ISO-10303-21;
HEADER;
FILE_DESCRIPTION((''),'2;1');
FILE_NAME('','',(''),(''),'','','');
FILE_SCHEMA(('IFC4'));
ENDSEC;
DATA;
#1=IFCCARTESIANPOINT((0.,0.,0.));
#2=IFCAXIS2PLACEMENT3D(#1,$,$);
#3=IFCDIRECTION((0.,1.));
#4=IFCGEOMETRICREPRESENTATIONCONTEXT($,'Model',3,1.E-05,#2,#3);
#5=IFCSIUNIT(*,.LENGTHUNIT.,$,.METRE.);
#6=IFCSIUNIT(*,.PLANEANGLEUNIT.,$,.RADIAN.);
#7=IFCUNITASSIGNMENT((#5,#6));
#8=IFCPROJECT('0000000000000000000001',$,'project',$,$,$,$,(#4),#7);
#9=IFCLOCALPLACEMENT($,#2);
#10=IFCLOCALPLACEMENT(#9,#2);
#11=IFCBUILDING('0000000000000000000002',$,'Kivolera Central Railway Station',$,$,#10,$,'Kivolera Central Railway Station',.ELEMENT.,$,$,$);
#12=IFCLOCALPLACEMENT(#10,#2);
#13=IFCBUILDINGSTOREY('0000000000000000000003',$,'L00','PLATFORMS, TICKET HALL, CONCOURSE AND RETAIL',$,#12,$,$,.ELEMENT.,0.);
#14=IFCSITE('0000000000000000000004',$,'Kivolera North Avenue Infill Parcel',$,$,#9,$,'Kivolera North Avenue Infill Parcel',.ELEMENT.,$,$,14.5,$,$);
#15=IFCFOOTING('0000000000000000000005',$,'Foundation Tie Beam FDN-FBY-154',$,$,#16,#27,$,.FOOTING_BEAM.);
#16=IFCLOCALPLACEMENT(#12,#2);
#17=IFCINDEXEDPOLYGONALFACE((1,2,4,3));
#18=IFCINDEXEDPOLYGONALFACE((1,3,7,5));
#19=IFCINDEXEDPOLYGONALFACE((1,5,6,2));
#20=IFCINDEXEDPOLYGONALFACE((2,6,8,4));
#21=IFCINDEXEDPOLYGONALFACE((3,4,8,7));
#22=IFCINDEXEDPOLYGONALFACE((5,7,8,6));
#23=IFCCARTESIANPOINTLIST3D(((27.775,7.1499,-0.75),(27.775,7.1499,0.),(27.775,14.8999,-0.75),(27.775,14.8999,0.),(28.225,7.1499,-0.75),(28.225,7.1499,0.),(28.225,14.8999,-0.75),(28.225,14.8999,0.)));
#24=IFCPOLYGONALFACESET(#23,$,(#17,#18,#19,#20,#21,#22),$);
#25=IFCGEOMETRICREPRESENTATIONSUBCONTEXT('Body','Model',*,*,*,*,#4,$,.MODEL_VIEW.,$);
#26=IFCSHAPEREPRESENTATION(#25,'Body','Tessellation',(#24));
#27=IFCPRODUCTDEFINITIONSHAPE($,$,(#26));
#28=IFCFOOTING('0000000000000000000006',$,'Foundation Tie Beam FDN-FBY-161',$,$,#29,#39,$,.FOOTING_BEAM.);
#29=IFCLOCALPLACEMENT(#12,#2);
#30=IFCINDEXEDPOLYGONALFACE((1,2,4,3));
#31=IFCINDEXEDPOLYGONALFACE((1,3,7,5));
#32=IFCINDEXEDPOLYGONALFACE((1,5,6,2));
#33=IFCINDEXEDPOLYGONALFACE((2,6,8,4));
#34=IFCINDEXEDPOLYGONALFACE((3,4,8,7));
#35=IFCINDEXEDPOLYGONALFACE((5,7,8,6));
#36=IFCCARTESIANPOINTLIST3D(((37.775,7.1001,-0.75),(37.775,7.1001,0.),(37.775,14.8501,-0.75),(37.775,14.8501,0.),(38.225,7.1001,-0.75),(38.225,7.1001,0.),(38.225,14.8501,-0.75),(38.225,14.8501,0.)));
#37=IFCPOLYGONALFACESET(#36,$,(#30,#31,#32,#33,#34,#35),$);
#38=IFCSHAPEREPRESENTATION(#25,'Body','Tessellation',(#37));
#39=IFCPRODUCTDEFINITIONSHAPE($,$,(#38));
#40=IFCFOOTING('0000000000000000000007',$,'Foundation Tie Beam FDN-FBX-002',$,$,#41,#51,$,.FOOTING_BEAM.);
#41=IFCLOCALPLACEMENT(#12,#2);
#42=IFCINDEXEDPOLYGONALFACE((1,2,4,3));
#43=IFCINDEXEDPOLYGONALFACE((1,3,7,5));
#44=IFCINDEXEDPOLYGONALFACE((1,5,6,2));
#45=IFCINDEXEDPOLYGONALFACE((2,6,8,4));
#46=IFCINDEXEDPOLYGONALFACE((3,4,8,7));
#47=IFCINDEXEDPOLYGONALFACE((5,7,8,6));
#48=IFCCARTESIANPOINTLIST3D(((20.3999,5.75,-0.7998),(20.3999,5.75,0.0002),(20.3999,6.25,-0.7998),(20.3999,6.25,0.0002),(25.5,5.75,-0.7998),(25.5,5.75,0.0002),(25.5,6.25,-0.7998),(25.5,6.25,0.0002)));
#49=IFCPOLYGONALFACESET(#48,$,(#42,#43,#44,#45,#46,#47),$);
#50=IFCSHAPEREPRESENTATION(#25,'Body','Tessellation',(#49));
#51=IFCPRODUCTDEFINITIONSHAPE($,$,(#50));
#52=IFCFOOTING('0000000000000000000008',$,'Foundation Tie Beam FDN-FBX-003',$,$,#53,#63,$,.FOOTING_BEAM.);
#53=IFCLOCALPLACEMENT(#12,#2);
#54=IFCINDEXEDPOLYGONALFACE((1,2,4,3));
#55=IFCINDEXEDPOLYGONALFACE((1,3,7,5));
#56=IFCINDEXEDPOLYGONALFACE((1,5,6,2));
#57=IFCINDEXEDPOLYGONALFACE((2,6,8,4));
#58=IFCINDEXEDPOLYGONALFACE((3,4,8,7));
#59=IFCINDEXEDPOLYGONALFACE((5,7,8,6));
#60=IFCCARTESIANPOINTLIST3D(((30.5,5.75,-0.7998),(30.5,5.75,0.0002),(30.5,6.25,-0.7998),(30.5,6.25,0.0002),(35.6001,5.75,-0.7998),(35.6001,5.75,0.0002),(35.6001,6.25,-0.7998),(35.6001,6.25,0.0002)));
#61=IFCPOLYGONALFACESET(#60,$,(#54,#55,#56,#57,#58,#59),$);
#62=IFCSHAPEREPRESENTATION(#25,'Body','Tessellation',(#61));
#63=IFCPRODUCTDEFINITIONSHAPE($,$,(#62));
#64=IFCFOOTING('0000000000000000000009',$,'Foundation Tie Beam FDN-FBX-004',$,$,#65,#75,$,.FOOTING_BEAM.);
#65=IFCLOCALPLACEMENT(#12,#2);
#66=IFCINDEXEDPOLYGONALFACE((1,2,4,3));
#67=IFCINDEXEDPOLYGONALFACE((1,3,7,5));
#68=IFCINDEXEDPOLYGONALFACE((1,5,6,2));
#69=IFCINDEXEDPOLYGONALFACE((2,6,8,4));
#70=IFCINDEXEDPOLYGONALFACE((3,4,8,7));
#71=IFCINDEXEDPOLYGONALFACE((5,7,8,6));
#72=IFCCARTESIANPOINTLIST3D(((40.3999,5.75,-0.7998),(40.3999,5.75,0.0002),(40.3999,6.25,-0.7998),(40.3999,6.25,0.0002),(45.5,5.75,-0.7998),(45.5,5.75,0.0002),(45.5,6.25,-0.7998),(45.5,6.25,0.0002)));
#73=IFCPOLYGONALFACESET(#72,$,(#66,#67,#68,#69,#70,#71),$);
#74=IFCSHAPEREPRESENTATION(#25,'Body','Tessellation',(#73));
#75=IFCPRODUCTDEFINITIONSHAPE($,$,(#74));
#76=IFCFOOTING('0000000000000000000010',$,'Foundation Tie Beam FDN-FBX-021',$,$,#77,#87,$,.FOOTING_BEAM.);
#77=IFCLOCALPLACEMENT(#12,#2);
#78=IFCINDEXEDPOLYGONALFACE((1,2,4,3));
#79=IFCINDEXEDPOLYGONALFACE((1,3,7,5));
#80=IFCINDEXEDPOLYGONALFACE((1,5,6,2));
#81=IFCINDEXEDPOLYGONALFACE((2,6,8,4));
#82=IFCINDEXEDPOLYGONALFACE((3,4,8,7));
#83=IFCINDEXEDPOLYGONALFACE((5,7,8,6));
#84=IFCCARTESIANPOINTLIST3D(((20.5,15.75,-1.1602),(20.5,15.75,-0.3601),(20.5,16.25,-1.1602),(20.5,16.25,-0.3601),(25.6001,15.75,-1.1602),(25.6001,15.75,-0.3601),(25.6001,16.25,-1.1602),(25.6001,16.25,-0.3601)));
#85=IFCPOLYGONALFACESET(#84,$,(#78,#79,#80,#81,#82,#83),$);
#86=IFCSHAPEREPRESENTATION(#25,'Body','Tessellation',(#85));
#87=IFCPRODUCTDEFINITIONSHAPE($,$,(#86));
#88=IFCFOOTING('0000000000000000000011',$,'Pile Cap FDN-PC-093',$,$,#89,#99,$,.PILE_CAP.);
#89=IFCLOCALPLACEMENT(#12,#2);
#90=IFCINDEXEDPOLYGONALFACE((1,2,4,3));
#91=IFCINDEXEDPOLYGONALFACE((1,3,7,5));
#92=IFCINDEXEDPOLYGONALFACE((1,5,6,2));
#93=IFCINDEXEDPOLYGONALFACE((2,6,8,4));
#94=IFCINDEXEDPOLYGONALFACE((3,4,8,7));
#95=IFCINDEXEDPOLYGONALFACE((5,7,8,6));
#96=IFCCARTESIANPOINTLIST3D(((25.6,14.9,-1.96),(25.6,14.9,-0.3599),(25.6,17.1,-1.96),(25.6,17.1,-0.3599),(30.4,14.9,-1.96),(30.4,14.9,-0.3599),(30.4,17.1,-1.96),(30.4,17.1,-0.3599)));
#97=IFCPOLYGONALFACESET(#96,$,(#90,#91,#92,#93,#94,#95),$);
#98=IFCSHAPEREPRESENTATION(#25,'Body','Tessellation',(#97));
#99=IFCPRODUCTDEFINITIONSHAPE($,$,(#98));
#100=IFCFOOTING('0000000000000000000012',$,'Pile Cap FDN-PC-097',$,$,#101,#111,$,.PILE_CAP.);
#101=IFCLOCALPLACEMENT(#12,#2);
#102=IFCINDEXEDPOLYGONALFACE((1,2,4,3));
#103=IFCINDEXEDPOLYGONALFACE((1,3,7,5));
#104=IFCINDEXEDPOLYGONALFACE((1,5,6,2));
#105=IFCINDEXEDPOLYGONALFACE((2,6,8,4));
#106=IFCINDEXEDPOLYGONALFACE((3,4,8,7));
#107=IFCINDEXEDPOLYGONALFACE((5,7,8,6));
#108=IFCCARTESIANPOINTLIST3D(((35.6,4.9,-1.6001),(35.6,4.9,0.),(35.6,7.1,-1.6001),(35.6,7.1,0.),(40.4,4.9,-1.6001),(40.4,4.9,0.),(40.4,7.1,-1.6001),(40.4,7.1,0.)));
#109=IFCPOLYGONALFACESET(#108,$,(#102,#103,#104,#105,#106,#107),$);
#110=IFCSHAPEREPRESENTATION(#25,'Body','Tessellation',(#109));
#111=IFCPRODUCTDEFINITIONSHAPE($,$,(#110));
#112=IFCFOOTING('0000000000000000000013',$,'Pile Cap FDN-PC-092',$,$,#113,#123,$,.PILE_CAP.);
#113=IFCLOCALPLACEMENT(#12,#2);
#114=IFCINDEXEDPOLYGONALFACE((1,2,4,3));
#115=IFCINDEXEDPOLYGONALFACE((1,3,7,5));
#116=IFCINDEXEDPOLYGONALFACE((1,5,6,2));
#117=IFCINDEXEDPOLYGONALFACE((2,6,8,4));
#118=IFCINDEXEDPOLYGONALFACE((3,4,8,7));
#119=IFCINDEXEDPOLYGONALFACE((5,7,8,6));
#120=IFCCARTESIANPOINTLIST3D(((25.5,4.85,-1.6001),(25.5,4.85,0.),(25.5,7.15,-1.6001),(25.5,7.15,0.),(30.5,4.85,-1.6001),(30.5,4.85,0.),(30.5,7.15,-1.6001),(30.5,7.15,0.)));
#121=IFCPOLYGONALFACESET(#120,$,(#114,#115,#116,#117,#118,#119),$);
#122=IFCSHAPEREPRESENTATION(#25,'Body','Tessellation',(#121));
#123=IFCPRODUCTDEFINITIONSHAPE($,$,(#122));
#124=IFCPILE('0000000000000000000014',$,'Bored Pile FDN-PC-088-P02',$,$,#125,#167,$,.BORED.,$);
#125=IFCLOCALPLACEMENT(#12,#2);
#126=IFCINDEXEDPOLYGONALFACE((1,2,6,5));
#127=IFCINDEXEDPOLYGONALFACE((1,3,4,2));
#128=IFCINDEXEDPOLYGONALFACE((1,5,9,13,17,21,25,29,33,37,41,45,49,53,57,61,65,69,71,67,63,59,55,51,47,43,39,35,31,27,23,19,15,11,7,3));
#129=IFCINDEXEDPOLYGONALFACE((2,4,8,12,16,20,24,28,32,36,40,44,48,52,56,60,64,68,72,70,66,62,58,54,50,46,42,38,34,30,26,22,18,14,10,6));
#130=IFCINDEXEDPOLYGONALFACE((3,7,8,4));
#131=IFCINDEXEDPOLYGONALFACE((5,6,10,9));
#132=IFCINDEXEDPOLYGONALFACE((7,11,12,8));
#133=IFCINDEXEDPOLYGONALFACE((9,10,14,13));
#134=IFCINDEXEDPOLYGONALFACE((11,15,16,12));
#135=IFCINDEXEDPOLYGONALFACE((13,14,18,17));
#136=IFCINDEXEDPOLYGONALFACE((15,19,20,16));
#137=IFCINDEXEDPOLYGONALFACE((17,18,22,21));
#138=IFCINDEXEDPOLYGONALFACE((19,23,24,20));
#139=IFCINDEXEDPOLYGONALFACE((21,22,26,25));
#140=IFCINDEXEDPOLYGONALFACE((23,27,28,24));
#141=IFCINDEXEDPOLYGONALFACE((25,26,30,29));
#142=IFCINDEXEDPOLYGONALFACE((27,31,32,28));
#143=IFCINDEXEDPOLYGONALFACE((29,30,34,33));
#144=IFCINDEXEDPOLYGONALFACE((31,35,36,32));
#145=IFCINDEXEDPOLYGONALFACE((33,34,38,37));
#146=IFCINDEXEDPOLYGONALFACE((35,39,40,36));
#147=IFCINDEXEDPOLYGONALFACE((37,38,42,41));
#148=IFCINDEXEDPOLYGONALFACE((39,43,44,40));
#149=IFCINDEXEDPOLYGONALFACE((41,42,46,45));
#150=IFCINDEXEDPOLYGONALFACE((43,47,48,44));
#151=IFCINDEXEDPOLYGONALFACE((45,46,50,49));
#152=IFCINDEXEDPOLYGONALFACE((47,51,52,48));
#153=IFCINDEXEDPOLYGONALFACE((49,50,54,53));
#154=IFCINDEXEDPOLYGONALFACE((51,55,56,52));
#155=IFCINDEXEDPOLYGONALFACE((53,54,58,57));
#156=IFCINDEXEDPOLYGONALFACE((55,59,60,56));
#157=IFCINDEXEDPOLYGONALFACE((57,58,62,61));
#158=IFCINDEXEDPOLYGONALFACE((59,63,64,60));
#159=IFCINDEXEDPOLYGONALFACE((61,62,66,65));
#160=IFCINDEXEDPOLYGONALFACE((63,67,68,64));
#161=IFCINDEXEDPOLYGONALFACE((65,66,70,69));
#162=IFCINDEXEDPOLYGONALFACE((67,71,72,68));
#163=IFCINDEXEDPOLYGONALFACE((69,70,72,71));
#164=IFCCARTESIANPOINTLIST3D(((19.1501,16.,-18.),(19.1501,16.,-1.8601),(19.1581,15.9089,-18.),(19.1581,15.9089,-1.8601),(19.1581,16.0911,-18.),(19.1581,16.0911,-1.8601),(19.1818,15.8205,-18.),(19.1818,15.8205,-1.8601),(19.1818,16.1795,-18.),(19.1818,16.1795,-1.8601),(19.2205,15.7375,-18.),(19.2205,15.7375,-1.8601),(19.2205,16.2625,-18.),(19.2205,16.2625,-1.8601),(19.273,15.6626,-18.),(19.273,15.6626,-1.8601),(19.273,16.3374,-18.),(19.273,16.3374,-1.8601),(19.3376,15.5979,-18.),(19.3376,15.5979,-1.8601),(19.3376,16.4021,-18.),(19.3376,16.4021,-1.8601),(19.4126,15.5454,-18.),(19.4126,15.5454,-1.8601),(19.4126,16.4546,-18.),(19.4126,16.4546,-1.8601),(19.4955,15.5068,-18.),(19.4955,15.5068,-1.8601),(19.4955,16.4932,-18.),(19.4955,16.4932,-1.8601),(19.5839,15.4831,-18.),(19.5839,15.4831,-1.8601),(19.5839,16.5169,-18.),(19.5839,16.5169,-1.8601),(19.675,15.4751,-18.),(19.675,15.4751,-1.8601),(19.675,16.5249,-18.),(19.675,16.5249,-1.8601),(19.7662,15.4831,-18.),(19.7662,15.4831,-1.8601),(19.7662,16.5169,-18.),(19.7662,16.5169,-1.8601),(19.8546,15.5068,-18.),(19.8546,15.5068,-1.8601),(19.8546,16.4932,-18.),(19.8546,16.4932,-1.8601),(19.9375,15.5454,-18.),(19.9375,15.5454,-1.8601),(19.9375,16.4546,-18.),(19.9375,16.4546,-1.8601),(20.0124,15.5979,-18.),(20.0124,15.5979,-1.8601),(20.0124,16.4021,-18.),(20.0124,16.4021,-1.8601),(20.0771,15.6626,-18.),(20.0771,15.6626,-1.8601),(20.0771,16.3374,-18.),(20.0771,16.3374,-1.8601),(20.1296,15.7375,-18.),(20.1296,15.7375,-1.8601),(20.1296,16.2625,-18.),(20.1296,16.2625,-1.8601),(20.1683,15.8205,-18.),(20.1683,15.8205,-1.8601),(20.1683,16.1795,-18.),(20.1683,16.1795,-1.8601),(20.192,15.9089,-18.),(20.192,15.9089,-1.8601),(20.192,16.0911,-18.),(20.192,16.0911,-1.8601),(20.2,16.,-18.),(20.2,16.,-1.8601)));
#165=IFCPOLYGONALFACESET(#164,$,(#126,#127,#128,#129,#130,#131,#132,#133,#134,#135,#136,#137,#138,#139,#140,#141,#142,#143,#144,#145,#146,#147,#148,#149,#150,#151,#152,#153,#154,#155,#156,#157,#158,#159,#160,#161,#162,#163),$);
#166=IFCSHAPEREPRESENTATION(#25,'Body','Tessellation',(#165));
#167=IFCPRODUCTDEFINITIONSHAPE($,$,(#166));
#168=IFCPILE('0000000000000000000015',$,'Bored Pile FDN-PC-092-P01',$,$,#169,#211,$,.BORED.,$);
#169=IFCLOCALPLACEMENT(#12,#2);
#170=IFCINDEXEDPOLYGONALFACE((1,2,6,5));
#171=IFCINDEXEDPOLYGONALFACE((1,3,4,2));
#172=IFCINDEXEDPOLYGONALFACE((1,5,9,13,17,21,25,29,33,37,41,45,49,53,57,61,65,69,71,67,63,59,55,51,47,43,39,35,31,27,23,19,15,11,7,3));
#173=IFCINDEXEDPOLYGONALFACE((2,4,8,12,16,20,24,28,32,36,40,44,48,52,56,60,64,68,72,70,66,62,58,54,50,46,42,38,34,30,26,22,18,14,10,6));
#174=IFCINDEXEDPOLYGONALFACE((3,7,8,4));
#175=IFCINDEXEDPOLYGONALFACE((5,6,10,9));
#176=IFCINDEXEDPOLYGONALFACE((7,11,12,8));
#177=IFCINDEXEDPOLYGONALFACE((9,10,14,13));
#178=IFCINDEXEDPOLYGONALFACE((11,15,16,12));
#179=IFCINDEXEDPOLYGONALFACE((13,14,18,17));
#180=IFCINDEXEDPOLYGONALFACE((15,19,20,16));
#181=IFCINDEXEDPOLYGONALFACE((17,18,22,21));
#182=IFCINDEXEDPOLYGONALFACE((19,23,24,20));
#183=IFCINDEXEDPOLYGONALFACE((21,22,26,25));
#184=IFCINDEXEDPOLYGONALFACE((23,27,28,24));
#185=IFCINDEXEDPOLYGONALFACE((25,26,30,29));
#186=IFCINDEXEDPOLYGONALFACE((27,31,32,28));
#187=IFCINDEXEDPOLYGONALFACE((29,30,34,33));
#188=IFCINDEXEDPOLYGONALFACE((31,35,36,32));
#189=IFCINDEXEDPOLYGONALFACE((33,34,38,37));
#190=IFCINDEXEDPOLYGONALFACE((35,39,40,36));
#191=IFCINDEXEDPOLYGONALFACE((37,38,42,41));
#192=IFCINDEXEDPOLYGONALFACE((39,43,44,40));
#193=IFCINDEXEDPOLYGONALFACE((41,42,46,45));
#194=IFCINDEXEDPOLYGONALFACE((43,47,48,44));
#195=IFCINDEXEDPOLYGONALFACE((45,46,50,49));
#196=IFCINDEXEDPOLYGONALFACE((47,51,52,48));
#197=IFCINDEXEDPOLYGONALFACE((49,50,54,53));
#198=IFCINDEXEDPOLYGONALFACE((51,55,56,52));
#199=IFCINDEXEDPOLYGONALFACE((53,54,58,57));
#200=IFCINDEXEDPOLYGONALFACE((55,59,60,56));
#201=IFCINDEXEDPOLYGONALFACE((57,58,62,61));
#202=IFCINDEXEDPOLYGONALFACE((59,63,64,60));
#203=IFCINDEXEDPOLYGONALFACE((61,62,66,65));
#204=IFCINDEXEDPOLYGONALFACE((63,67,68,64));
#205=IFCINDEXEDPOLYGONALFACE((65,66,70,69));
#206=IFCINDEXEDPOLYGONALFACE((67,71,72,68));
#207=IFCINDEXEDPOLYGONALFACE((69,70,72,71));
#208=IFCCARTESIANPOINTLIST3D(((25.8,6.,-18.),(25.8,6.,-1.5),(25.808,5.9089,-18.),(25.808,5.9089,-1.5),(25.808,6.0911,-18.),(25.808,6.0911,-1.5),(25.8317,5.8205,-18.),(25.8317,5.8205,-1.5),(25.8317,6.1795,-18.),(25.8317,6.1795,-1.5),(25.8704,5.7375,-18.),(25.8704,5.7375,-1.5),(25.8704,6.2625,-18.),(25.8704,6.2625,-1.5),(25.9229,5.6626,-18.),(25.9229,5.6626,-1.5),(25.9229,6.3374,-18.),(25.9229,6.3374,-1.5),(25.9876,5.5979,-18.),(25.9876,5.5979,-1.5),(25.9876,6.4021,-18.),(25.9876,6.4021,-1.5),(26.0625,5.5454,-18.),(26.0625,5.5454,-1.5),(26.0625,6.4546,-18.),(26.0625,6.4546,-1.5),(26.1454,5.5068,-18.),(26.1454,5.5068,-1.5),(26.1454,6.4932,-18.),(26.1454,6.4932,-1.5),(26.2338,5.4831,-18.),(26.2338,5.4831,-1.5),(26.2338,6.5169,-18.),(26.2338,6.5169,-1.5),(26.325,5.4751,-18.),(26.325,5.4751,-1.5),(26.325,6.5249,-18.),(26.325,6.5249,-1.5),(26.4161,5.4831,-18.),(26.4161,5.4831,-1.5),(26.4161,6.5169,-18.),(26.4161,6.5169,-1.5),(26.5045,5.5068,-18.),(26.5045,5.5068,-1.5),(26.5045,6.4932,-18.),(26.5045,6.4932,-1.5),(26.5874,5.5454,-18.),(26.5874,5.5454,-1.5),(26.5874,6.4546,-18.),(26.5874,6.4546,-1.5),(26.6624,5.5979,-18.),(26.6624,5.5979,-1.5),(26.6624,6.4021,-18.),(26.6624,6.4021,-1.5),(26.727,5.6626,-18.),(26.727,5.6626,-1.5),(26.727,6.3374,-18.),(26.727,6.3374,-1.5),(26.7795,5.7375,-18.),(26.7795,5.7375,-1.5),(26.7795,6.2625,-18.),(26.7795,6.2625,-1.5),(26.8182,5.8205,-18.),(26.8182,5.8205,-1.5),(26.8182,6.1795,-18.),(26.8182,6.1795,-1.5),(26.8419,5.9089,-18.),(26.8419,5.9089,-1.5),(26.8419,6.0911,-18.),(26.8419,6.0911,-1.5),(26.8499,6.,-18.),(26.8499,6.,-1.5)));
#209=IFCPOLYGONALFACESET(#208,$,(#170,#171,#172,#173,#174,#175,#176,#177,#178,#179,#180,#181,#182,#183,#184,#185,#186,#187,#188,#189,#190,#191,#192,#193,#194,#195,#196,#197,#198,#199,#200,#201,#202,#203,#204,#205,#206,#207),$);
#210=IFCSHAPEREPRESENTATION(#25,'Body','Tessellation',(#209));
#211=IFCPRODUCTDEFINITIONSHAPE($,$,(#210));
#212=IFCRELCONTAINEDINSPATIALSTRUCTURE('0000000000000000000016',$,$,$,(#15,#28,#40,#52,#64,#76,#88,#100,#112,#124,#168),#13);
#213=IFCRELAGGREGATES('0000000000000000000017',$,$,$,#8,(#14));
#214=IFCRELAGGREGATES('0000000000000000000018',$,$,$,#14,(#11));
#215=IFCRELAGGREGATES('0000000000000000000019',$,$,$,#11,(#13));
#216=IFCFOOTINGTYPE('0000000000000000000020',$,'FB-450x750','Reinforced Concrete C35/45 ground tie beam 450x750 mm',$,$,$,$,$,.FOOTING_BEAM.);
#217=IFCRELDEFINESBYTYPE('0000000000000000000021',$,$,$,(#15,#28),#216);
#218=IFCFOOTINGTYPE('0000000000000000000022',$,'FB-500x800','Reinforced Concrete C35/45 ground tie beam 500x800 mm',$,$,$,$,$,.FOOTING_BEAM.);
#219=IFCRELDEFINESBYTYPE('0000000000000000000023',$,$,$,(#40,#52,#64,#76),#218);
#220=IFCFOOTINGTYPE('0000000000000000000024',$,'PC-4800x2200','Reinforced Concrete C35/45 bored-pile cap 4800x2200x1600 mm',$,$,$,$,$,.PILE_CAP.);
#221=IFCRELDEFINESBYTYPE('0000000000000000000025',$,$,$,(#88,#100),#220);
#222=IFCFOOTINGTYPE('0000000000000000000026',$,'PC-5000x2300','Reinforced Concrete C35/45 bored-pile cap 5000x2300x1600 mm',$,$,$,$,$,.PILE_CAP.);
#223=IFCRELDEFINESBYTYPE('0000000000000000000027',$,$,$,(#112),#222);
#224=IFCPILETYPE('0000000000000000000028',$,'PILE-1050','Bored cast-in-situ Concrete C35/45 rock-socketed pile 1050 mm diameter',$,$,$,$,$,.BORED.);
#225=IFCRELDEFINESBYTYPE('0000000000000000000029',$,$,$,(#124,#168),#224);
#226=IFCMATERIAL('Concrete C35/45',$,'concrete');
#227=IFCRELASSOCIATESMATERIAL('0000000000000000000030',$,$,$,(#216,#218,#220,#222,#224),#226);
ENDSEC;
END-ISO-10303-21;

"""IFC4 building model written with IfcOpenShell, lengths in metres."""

from ifc_helpers import new_model, si_unit, direction, frame, origin, origin_2d, place, context, subcontext, project, spatial, rectangle, circle, extrude, material, material_profile, profile_set, type_object, element, save


model = new_model("IFC4")

# Units and contexts
model_context = context("Model", 3, precision=1e-05, world=origin(), true_north=direction((0.0, 1.0)))
body_context = subcontext(model_context, "Body", "Model", "MODEL_VIEW")
ifc_project = project(units=[si_unit("LENGTHUNIT", "METRE"), si_unit("PLANEANGLEUNIT", "RADIAN")], contexts=[model_context])

# Site, building, storey
site_placement = place(None, origin())
site = spatial("IfcSite", under=ifc_project, at=site_placement, Name="Kivolera North Avenue Infill Parcel", LongName="Kivolera North Avenue Infill Parcel", CompositionType="ELEMENT", RefElevation=14.5)
building_placement = place(site_placement, origin())
building = spatial("IfcBuilding", under=site, at=building_placement, Name="Kivolera Central Railway Station", LongName="Kivolera Central Railway Station", CompositionType="ELEMENT")
storey_placement = place(building_placement, origin())
storey = spatial("IfcBuildingStorey", under=building, at=storey_placement, Name="L00", Description="PLATFORMS, TICKET HALL, CONCOURSE AND RETAIL", CompositionType="ELEMENT", Elevation=0.0)

# Footings
ifc_material_1 = material(Name="Concrete C35/45", Category="concrete")
footing_type_1 = type_object("IfcFootingType", Name="FB-450x750", Description="Reinforced Concrete C35/45 ground tie beam 450x750 mm", PredefinedType="FOOTING_BEAM", material=ifc_material_1)
for number, where, z_axis, x_axis, name in (
    (1, (28.0, 11.0249, -0.75), (0.0, 0.0, 1.0), (1.0, 0.0, 0.0), "Foundation Tie Beam FDN-FBY-154"),
    (2, (38.0, 10.9751, -0.75), (0.0, 0.0, 1.0), (1.0, 0.0, 0.0), "Foundation Tie Beam FDN-FBY-161"),
):
    element("IfcFooting", number, at=place(storey_placement, frame(where, z_axis=z_axis, x_axis=x_axis)), inside=storey, type_object=footing_type_1, Name=name, PredefinedType="FOOTING_BEAM", context=body_context, shape_type="SweptSolid", body=[
        extrude(rectangle(XDim=0.45, YDim=7.75, at=origin_2d()), origin(), (0.0, 0.0, 1.0), 0.75),
    ])
footing_type_2 = type_object("IfcFootingType", Name="FB-500x800", Description="Reinforced Concrete C35/45 ground tie beam 500x800 mm", PredefinedType="FOOTING_BEAM", material=ifc_material_1)
for number, where, z_axis, x_axis, name in (
    (3, (22.95, 6.0, -0.7998), (0.0, 0.0, 1.0), (1.0, 0.0, 0.0), "Foundation Tie Beam FDN-FBX-002"),
    (4, (33.05, 6.0, -0.7998), (0.0, 0.0, 1.0), (1.0, 0.0, 0.0), "Foundation Tie Beam FDN-FBX-003"),
    (5, (42.95, 6.0, -0.7998), (0.0, 0.0, 1.0), (1.0, 0.0, 0.0), "Foundation Tie Beam FDN-FBX-004"),
    (6, (23.05, 16.0, -1.1602), (0.0, 0.0, 1.0), (1.0, 0.0, 0.0), "Foundation Tie Beam FDN-FBX-021"),
):
    element("IfcFooting", number, at=place(storey_placement, frame(where, z_axis=z_axis, x_axis=x_axis)), inside=storey, type_object=footing_type_2, Name=name, PredefinedType="FOOTING_BEAM", context=body_context, shape_type="SweptSolid", body=[
        extrude(rectangle(XDim=5.1001, YDim=0.5, at=origin_2d()), origin(), (0.0, 0.0, 1.0), 0.8),
    ])
footing_type_3 = type_object("IfcFootingType", Name="PC-4800x2200", Description="Reinforced Concrete C35/45 bored-pile cap 4800x2200x1600 mm", PredefinedType="PILE_CAP", material=ifc_material_1)
for number, where, z_axis, x_axis, name in (
    (7, (28.0, 16.0, -1.96), (0.0, 0.0, 1.0), (1.0, 0.0, 0.0), "Pile Cap FDN-PC-093"),
    (8, (38.0, 6.0, -1.6001), (0.0, 0.0, 1.0), (1.0, 0.0, 0.0), "Pile Cap FDN-PC-097"),
):
    element("IfcFooting", number, at=place(storey_placement, frame(where, z_axis=z_axis, x_axis=x_axis)), inside=storey, type_object=footing_type_3, Name=name, PredefinedType="PILE_CAP", context=body_context, shape_type="SweptSolid", body=[
        extrude(rectangle(XDim=4.8, YDim=2.2, at=origin_2d()), origin(), (0.0, 0.0, 1.0), 1.6001),
    ])
footing_type_4 = type_object("IfcFootingType", Name="PC-5000x2300", Description="Reinforced Concrete C35/45 bored-pile cap 5000x2300x1600 mm", PredefinedType="PILE_CAP", material=ifc_material_1)
footing_placement = place(storey_placement, frame((28.0, 6.0, -1.6001), z_axis=(0.0, 0.0, 1.0), x_axis=(1.0, 0.0, 0.0)))
element("IfcFooting", 9, at=footing_placement, inside=storey, type_object=footing_type_4, Name="Pile Cap FDN-PC-092", PredefinedType="PILE_CAP", context=body_context, shape_type="SweptSolid", body=[
    extrude(rectangle(XDim=5.0, YDim=2.3, at=origin_2d()), origin(), (0.0, 0.0, 1.0), 1.6001),
])

# Piles
ifc_material_profile_1 = material_profile(ifc_material_1, circle(Radius=0.5249, at=origin_2d()), Name="PILE D1050")
ifc_profile_set_1 = profile_set([ifc_material_profile_1], Name="Concrete C35/45")
pile_type = type_object("IfcPileType", Name="PILE-1050", Description="Bored cast-in-situ Concrete C35/45 rock-socketed pile 1050 mm diameter", PredefinedType="BORED", material=ifc_profile_set_1)
pile_1_placement = place(storey_placement, frame((19.675, 16.0, -1.8601), z_axis=(0.0, 0.0, -1.0), x_axis=(1.0, 0.0, 0.0)))
element("IfcPile", 10, at=pile_1_placement, inside=storey, type_object=pile_type, Name="Bored Pile FDN-PC-088-P02", PredefinedType="BORED", context=body_context, shape_type="SweptSolid", body=[
    extrude(circle(Radius=0.5249, at=origin_2d()), origin(), (0.0, 0.0, 1.0), 16.1399),
])
for number, where, z_axis, x_axis, name in (
    (11, (26.325, 6.0, -1.5), (0.0, 0.0, -1.0), (1.0, 0.0, 0.0), "Bored Pile FDN-PC-092-P01"),
):
    element("IfcPile", number, at=place(storey_placement, frame(where, z_axis=z_axis, x_axis=x_axis)), inside=storey, type_object=pile_type, Name=name, PredefinedType="BORED", context=body_context, shape_type="SweptSolid", body=[
        extrude(circle(Radius=0.5249, at=origin_2d()), origin(), (0.0, 0.0, 1.0), 16.5),
    ])

save(model, "model.ifc")
